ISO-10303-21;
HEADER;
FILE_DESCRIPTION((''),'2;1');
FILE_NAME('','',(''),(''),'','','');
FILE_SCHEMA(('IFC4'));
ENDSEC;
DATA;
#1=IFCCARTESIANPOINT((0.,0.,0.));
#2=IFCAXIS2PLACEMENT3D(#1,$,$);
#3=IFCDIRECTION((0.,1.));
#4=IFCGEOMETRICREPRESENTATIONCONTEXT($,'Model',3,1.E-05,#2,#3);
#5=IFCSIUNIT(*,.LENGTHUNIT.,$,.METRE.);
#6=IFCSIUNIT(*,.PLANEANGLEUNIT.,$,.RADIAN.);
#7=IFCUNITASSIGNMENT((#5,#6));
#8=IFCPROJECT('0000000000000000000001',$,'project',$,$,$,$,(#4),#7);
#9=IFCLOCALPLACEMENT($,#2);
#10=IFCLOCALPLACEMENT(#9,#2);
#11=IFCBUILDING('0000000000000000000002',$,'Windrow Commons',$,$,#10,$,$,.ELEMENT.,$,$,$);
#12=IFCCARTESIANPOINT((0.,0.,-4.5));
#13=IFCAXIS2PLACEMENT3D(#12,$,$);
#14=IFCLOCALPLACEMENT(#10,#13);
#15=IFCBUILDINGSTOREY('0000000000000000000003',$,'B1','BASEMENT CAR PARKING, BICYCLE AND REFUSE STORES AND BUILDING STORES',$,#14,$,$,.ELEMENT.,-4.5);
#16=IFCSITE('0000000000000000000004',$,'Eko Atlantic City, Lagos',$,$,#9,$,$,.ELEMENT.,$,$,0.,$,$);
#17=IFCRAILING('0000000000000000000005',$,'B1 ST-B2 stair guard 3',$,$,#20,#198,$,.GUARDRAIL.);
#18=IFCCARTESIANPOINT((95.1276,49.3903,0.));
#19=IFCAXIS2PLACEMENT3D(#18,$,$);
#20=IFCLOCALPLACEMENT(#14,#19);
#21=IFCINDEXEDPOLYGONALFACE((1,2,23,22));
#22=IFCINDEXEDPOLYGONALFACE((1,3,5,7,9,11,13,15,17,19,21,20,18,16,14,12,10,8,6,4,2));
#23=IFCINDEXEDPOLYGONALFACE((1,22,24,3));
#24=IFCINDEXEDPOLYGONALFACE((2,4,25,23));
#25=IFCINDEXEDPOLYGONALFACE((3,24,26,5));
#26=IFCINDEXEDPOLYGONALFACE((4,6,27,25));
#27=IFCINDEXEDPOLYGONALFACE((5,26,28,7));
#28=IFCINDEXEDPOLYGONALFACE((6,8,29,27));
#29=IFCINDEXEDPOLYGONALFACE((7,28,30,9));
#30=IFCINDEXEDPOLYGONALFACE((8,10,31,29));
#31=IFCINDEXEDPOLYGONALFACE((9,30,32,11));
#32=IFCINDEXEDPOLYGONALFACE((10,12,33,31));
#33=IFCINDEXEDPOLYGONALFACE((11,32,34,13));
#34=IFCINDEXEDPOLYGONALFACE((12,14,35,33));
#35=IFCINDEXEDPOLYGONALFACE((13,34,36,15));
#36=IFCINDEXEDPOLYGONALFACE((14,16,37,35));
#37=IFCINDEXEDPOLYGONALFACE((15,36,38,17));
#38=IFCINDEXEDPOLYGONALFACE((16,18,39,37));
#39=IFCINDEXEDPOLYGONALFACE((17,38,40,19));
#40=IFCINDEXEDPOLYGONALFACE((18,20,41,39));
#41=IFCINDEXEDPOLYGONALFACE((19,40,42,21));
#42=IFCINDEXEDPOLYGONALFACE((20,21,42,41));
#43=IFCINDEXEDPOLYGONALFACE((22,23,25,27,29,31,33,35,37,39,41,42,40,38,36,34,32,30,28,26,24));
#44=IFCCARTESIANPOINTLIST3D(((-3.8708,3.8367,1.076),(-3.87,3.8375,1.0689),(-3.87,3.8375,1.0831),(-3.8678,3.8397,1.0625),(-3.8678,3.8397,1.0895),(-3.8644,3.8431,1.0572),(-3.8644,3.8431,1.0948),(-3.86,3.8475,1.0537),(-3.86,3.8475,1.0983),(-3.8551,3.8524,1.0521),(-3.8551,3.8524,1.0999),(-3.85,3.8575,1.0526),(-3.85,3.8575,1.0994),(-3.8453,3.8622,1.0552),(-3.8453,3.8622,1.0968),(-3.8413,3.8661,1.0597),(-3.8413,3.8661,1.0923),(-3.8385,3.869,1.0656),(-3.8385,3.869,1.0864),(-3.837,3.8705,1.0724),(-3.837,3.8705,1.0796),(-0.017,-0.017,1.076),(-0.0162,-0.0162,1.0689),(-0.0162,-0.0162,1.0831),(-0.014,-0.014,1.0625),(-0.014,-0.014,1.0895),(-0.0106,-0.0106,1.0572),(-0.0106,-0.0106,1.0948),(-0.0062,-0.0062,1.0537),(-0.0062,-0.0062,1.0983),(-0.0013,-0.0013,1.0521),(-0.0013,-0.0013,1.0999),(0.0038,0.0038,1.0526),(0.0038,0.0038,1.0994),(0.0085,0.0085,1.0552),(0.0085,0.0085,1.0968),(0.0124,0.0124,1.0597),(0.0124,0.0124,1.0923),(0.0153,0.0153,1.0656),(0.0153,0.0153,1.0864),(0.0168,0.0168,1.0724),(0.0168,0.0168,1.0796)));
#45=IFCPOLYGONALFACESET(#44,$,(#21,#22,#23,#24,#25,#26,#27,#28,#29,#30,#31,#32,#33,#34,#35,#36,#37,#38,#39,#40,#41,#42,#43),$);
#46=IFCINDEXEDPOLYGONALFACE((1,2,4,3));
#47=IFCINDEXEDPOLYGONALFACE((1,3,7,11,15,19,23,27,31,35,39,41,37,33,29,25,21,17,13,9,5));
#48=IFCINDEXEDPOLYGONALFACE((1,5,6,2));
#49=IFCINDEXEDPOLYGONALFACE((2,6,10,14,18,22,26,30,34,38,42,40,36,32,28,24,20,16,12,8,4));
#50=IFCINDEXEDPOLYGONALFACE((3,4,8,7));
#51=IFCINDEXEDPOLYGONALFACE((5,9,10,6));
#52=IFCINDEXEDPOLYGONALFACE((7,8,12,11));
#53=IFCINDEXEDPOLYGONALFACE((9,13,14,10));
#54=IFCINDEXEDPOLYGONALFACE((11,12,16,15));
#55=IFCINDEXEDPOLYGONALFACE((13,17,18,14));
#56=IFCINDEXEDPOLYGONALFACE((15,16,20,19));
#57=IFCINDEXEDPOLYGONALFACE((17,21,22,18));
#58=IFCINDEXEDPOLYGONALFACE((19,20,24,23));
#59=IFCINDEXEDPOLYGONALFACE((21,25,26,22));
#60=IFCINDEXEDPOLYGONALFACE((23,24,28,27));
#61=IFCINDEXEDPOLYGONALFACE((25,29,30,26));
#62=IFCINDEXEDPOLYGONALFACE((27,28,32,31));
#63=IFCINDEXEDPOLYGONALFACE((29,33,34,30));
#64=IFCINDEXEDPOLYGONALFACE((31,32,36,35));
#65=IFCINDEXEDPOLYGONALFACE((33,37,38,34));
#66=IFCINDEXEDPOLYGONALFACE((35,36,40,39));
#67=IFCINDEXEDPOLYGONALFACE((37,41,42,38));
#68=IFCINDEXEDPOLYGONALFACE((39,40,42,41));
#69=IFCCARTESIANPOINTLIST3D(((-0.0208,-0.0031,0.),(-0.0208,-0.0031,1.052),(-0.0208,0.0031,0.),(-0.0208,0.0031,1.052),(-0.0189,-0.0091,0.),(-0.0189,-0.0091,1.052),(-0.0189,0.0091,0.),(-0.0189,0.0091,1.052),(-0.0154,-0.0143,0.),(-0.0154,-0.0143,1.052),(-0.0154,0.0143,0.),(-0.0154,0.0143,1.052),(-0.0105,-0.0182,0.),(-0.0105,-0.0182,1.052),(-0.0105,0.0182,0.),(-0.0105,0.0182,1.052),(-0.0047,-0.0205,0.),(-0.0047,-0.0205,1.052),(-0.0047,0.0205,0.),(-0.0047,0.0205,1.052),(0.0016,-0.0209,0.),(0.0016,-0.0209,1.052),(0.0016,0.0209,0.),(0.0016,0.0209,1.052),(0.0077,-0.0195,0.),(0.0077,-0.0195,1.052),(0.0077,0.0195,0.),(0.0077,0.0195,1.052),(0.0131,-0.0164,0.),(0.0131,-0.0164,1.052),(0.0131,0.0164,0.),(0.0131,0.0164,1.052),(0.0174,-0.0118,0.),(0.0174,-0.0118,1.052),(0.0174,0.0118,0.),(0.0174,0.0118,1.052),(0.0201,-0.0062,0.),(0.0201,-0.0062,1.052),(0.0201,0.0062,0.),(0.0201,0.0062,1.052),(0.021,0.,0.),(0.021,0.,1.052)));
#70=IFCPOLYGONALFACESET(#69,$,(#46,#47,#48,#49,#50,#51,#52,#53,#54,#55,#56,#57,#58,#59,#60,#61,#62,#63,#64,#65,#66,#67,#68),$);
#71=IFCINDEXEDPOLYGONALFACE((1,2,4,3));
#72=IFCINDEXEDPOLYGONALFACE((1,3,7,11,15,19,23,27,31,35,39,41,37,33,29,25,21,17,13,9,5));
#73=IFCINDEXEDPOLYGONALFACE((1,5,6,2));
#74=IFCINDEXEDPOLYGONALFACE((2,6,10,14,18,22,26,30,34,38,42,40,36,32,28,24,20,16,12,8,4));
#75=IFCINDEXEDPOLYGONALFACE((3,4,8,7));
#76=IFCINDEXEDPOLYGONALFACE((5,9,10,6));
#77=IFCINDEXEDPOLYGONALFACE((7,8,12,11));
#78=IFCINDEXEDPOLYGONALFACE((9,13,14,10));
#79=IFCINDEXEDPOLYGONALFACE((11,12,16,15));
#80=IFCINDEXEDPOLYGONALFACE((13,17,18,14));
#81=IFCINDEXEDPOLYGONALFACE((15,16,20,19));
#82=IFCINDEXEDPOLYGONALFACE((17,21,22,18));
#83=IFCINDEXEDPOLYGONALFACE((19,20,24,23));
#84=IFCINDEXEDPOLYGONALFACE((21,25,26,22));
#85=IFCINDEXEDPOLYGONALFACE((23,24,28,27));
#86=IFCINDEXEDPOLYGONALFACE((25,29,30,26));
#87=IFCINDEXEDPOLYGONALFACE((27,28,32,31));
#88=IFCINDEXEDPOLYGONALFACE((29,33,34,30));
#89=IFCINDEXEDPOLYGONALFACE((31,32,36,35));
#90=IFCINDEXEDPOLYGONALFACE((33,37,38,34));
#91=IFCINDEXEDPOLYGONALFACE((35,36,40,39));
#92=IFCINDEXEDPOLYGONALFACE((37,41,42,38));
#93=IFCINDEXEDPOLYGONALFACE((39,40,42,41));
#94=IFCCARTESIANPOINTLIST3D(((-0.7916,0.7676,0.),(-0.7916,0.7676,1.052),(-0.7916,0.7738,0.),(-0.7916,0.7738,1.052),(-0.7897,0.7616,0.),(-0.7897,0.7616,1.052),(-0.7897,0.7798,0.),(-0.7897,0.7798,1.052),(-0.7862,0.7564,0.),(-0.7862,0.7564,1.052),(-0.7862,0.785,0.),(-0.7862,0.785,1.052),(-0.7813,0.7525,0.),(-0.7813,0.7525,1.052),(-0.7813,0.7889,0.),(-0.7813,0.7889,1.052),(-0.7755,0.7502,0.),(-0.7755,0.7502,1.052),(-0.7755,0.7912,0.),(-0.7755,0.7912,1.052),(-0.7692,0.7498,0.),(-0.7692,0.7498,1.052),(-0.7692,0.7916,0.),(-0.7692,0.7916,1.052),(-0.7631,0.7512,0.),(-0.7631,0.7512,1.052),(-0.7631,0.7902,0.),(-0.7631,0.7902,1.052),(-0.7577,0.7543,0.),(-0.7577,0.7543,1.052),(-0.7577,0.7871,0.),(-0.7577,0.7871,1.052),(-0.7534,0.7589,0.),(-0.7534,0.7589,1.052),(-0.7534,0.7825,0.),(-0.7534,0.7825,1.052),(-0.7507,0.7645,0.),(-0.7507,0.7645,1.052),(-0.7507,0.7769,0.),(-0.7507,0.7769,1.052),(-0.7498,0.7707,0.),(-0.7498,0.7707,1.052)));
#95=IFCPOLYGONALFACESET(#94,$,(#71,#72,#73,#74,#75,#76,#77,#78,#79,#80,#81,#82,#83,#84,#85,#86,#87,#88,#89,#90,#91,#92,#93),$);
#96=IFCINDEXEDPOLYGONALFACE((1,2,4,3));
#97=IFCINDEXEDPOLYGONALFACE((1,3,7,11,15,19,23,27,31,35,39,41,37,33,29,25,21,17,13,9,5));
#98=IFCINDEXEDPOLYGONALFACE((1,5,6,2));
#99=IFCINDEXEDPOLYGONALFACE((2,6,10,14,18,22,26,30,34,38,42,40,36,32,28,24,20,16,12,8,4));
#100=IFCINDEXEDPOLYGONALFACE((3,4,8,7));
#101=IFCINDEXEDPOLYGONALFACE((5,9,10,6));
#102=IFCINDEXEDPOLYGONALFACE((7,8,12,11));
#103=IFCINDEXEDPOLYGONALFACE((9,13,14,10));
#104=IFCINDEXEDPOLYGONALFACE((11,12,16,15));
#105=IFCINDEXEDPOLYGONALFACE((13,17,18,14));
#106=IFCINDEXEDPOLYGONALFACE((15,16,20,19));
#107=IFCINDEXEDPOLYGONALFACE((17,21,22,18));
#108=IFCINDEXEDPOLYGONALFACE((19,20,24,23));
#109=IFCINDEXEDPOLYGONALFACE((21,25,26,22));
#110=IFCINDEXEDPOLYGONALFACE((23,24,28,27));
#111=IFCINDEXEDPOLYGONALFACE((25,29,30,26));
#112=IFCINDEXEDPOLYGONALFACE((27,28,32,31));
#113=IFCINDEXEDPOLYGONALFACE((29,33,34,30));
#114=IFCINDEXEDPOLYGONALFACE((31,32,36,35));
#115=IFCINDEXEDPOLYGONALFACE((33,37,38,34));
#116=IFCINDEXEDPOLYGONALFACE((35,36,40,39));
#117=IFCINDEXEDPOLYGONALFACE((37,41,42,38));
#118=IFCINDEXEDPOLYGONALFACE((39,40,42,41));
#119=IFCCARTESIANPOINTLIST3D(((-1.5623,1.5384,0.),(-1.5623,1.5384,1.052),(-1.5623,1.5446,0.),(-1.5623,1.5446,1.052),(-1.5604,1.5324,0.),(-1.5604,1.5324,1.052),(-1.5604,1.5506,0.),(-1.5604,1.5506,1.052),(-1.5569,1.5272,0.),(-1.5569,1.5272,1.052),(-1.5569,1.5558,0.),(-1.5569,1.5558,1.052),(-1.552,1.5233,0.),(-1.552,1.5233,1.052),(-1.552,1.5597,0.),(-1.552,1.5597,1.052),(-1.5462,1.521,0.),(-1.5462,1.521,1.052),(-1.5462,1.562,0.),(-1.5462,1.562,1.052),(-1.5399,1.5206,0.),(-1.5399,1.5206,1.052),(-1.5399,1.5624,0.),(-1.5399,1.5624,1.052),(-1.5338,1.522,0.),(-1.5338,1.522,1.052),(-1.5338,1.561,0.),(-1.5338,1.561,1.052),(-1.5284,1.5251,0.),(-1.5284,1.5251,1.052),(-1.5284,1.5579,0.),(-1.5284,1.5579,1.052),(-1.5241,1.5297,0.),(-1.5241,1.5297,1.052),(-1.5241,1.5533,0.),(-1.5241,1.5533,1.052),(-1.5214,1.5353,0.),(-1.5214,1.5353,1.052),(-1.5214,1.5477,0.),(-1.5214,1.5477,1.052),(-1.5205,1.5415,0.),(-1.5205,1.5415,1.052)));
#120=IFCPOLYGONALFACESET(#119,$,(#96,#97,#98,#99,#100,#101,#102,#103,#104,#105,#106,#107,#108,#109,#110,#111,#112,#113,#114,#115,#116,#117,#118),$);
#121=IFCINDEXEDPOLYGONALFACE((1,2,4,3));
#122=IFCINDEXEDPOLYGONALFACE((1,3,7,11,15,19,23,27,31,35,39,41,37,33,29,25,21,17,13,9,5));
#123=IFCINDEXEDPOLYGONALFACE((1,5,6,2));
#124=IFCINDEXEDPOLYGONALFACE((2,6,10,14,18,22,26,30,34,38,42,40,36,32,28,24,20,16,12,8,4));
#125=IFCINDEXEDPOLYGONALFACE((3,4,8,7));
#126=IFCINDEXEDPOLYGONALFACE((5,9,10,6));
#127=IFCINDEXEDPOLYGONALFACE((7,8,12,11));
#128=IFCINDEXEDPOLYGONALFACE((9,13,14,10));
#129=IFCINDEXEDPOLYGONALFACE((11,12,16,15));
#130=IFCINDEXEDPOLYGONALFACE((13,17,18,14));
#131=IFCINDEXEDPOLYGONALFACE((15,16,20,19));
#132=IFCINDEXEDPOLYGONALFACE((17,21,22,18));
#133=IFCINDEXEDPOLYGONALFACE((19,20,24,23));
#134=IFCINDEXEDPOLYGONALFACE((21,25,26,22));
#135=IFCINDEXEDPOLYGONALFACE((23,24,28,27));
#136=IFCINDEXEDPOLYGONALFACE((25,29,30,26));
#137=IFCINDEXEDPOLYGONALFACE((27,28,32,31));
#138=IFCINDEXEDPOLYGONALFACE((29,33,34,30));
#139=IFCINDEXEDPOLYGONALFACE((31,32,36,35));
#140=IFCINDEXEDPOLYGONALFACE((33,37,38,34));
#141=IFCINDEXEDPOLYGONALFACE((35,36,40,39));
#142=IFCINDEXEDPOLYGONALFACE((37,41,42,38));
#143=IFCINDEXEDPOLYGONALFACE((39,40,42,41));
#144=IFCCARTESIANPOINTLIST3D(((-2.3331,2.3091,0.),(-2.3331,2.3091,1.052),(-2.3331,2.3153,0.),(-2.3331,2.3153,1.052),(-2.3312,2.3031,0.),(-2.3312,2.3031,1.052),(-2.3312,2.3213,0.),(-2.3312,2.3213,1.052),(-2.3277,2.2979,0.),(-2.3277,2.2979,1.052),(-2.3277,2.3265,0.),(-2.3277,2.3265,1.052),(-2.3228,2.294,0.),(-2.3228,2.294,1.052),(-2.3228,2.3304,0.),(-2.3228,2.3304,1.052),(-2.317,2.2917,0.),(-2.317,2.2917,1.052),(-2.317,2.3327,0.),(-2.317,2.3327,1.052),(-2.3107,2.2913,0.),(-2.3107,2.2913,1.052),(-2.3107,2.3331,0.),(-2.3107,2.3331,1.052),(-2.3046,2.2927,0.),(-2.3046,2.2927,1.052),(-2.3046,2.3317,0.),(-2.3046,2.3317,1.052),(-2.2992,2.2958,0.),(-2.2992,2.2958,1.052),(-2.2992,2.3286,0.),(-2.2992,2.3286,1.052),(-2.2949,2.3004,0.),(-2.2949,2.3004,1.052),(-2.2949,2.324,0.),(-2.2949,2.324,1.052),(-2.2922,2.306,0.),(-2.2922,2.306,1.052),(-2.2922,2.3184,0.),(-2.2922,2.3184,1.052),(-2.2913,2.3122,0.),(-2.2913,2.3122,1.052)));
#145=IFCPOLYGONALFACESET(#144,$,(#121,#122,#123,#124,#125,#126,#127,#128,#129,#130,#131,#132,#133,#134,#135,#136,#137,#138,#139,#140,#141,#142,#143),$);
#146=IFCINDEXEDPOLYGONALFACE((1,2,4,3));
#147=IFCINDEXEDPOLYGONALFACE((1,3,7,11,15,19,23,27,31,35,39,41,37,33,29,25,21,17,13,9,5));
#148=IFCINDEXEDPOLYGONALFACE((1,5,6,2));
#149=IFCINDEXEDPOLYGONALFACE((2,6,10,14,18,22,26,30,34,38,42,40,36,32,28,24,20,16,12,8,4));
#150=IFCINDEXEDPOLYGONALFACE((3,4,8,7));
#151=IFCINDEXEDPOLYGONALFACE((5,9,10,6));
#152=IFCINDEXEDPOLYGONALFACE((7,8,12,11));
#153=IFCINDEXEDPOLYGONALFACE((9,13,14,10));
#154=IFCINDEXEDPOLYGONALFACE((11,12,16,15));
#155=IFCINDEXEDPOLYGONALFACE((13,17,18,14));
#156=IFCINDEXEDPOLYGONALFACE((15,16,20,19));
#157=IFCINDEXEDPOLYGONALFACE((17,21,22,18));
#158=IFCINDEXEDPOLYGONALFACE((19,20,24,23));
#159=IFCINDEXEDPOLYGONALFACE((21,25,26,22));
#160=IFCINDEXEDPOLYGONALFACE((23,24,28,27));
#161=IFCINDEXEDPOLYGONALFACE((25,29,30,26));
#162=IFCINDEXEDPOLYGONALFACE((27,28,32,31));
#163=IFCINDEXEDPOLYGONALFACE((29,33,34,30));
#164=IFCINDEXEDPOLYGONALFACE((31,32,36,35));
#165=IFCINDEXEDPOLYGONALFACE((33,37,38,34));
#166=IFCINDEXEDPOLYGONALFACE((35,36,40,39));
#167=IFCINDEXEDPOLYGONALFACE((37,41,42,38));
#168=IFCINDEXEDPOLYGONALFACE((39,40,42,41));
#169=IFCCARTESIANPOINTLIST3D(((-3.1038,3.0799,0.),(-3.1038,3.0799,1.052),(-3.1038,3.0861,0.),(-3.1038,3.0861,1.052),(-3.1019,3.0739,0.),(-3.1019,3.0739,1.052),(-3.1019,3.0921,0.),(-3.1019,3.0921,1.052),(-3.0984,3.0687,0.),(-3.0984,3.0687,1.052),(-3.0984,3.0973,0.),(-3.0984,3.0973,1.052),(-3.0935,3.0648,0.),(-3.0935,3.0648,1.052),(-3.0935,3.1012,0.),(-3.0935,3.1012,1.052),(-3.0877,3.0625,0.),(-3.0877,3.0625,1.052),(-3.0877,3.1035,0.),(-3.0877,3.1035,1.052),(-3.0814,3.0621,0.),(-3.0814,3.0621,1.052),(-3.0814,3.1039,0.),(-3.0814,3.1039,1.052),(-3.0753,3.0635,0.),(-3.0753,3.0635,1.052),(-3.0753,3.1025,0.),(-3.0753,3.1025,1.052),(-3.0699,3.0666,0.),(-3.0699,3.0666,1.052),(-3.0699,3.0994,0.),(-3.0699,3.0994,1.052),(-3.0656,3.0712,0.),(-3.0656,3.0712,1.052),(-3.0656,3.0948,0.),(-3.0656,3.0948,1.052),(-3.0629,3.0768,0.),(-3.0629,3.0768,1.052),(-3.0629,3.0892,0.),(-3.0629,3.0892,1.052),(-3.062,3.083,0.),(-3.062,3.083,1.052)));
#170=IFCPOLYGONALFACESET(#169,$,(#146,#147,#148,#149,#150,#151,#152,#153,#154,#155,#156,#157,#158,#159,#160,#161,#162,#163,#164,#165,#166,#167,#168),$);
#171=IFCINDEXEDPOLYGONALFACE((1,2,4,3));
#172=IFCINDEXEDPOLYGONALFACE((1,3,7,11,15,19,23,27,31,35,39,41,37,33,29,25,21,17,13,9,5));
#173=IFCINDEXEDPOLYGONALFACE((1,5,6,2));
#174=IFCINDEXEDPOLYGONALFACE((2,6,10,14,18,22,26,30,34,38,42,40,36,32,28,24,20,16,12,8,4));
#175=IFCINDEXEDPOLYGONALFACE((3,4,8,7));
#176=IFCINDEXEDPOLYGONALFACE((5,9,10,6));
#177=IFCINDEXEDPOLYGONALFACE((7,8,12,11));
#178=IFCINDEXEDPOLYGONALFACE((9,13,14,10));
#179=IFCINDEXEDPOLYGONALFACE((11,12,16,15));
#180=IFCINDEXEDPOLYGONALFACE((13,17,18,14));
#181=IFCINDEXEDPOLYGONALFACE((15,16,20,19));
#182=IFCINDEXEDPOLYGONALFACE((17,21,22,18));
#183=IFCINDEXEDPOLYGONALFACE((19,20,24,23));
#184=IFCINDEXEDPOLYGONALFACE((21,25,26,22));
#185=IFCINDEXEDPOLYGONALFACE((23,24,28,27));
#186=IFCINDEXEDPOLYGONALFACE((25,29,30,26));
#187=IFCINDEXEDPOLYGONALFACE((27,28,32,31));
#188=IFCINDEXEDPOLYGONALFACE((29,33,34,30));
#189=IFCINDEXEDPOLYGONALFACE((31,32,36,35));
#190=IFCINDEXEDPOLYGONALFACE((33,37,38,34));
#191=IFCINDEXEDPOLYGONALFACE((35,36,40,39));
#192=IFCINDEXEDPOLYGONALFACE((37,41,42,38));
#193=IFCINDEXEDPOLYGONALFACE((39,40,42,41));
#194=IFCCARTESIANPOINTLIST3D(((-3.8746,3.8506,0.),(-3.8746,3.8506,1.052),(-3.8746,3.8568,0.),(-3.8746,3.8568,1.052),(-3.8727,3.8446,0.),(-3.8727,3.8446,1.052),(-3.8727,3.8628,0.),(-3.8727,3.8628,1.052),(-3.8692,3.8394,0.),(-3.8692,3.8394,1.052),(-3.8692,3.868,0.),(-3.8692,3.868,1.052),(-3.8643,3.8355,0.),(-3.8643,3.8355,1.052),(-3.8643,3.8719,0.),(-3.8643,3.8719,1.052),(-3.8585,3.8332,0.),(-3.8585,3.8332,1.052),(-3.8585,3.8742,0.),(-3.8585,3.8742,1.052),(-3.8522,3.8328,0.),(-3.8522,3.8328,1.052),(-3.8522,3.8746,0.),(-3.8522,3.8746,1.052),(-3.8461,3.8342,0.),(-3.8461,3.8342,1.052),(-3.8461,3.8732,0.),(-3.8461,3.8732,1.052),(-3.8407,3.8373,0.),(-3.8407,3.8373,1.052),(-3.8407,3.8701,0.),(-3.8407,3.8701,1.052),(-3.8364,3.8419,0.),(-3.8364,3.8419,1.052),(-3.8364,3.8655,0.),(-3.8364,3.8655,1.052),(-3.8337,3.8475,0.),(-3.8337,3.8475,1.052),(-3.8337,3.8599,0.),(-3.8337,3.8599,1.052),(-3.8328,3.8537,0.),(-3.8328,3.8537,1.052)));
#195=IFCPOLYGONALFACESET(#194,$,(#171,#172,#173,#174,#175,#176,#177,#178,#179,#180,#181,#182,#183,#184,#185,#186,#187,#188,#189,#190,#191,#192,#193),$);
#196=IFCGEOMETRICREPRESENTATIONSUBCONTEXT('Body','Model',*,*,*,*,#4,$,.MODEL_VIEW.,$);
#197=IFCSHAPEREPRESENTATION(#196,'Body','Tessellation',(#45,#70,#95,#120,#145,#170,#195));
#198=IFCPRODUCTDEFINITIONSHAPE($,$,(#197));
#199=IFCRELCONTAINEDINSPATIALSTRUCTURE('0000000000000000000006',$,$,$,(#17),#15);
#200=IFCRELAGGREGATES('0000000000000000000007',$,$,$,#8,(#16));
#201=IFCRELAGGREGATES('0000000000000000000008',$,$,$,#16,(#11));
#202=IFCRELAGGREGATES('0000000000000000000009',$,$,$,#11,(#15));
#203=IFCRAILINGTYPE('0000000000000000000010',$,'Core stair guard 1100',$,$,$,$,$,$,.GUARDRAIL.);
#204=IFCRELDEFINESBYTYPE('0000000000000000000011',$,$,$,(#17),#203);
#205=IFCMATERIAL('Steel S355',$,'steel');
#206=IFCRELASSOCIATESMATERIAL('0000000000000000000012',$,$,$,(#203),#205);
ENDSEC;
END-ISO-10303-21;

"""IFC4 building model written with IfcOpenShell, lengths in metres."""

from ifc_helpers import new_model, si_unit, direction, frame, origin, origin_2d, place, context, subcontext, project, spatial, circle, extrude, material, type_object, element, save


model = new_model("IFC4")

# Units and contexts
model_context = context("Model", 3, precision=1e-05, world=origin(), true_north=direction((0.0, 1.0)))
body_context = subcontext(model_context, "Body", "Model", "MODEL_VIEW")
ifc_project = project(units=[si_unit("LENGTHUNIT", "METRE"), si_unit("PLANEANGLEUNIT", "RADIAN")], contexts=[model_context])

# Site, building, storey
site_placement = place(None, origin())
site = spatial("IfcSite", under=ifc_project, at=site_placement, Name="Eko Atlantic City, Lagos", CompositionType="ELEMENT", RefElevation=0.0)
building_placement = place(site_placement, origin())
building = spatial("IfcBuilding", under=site, at=building_placement, Name="Windrow Commons", CompositionType="ELEMENT")
storey_placement = place(building_placement, frame((0.0, 0.0, -4.5)))
storey = spatial("IfcBuildingStorey", under=building, at=storey_placement, Name="B1", Description="BASEMENT CAR PARKING, BICYCLE AND REFUSE STORES AND BUILDING STORES", CompositionType="ELEMENT", Elevation=-4.5)

# Railing
ifc_material_1 = material(Name="Steel S355", Category="steel")
railing_type_1 = type_object("IfcRailingType", Name="Core stair guard 1100", PredefinedType="GUARDRAIL", material=ifc_material_1)
railing_1_placement = place(storey_placement, frame((95.1276, 49.3903, 0.0)))
element("IfcRailing", 1, at=railing_1_placement, inside=storey, type_object=railing_type_1, Name="B1 ST-B2 stair guard 3", PredefinedType="GUARDRAIL", context=body_context, shape_type="SweptSolid", body=[
    extrude(circle(Radius=0.024, at=origin_2d()), frame((0.0, 0.0, 1.076), z_axis=(-0.707116, 0.707098, 0.0), x_axis=(-0.707098, -0.707116, 0.0)), (0.0, 0.0, 1.0), 5.45),
    extrude(circle(Radius=0.021, at=origin_2d()), origin(), (0.0, 0.0, 1.0), 1.052),
    extrude(circle(Radius=0.021, at=origin_2d()), frame((-0.7708, 0.7707, 0.0)), (0.0, 0.0, 1.0), 1.052),
    extrude(circle(Radius=0.021, at=origin_2d()), frame((-1.5415, 1.5415, 0.0)), (0.0, 0.0, 1.0), 1.052),
    extrude(circle(Radius=0.021, at=origin_2d()), frame((-2.3123, 2.3122, 0.0)), (0.0, 0.0, 1.0), 1.052),
    extrude(circle(Radius=0.021, at=origin_2d()), frame((-3.083, 3.083, 0.0)), (0.0, 0.0, 1.0), 1.052),
    extrude(circle(Radius=0.021, at=origin_2d()), frame((-3.8538, 3.8537, 0.0)), (0.0, 0.0, 1.0), 1.052),
])

save(model, "model.ifc")
